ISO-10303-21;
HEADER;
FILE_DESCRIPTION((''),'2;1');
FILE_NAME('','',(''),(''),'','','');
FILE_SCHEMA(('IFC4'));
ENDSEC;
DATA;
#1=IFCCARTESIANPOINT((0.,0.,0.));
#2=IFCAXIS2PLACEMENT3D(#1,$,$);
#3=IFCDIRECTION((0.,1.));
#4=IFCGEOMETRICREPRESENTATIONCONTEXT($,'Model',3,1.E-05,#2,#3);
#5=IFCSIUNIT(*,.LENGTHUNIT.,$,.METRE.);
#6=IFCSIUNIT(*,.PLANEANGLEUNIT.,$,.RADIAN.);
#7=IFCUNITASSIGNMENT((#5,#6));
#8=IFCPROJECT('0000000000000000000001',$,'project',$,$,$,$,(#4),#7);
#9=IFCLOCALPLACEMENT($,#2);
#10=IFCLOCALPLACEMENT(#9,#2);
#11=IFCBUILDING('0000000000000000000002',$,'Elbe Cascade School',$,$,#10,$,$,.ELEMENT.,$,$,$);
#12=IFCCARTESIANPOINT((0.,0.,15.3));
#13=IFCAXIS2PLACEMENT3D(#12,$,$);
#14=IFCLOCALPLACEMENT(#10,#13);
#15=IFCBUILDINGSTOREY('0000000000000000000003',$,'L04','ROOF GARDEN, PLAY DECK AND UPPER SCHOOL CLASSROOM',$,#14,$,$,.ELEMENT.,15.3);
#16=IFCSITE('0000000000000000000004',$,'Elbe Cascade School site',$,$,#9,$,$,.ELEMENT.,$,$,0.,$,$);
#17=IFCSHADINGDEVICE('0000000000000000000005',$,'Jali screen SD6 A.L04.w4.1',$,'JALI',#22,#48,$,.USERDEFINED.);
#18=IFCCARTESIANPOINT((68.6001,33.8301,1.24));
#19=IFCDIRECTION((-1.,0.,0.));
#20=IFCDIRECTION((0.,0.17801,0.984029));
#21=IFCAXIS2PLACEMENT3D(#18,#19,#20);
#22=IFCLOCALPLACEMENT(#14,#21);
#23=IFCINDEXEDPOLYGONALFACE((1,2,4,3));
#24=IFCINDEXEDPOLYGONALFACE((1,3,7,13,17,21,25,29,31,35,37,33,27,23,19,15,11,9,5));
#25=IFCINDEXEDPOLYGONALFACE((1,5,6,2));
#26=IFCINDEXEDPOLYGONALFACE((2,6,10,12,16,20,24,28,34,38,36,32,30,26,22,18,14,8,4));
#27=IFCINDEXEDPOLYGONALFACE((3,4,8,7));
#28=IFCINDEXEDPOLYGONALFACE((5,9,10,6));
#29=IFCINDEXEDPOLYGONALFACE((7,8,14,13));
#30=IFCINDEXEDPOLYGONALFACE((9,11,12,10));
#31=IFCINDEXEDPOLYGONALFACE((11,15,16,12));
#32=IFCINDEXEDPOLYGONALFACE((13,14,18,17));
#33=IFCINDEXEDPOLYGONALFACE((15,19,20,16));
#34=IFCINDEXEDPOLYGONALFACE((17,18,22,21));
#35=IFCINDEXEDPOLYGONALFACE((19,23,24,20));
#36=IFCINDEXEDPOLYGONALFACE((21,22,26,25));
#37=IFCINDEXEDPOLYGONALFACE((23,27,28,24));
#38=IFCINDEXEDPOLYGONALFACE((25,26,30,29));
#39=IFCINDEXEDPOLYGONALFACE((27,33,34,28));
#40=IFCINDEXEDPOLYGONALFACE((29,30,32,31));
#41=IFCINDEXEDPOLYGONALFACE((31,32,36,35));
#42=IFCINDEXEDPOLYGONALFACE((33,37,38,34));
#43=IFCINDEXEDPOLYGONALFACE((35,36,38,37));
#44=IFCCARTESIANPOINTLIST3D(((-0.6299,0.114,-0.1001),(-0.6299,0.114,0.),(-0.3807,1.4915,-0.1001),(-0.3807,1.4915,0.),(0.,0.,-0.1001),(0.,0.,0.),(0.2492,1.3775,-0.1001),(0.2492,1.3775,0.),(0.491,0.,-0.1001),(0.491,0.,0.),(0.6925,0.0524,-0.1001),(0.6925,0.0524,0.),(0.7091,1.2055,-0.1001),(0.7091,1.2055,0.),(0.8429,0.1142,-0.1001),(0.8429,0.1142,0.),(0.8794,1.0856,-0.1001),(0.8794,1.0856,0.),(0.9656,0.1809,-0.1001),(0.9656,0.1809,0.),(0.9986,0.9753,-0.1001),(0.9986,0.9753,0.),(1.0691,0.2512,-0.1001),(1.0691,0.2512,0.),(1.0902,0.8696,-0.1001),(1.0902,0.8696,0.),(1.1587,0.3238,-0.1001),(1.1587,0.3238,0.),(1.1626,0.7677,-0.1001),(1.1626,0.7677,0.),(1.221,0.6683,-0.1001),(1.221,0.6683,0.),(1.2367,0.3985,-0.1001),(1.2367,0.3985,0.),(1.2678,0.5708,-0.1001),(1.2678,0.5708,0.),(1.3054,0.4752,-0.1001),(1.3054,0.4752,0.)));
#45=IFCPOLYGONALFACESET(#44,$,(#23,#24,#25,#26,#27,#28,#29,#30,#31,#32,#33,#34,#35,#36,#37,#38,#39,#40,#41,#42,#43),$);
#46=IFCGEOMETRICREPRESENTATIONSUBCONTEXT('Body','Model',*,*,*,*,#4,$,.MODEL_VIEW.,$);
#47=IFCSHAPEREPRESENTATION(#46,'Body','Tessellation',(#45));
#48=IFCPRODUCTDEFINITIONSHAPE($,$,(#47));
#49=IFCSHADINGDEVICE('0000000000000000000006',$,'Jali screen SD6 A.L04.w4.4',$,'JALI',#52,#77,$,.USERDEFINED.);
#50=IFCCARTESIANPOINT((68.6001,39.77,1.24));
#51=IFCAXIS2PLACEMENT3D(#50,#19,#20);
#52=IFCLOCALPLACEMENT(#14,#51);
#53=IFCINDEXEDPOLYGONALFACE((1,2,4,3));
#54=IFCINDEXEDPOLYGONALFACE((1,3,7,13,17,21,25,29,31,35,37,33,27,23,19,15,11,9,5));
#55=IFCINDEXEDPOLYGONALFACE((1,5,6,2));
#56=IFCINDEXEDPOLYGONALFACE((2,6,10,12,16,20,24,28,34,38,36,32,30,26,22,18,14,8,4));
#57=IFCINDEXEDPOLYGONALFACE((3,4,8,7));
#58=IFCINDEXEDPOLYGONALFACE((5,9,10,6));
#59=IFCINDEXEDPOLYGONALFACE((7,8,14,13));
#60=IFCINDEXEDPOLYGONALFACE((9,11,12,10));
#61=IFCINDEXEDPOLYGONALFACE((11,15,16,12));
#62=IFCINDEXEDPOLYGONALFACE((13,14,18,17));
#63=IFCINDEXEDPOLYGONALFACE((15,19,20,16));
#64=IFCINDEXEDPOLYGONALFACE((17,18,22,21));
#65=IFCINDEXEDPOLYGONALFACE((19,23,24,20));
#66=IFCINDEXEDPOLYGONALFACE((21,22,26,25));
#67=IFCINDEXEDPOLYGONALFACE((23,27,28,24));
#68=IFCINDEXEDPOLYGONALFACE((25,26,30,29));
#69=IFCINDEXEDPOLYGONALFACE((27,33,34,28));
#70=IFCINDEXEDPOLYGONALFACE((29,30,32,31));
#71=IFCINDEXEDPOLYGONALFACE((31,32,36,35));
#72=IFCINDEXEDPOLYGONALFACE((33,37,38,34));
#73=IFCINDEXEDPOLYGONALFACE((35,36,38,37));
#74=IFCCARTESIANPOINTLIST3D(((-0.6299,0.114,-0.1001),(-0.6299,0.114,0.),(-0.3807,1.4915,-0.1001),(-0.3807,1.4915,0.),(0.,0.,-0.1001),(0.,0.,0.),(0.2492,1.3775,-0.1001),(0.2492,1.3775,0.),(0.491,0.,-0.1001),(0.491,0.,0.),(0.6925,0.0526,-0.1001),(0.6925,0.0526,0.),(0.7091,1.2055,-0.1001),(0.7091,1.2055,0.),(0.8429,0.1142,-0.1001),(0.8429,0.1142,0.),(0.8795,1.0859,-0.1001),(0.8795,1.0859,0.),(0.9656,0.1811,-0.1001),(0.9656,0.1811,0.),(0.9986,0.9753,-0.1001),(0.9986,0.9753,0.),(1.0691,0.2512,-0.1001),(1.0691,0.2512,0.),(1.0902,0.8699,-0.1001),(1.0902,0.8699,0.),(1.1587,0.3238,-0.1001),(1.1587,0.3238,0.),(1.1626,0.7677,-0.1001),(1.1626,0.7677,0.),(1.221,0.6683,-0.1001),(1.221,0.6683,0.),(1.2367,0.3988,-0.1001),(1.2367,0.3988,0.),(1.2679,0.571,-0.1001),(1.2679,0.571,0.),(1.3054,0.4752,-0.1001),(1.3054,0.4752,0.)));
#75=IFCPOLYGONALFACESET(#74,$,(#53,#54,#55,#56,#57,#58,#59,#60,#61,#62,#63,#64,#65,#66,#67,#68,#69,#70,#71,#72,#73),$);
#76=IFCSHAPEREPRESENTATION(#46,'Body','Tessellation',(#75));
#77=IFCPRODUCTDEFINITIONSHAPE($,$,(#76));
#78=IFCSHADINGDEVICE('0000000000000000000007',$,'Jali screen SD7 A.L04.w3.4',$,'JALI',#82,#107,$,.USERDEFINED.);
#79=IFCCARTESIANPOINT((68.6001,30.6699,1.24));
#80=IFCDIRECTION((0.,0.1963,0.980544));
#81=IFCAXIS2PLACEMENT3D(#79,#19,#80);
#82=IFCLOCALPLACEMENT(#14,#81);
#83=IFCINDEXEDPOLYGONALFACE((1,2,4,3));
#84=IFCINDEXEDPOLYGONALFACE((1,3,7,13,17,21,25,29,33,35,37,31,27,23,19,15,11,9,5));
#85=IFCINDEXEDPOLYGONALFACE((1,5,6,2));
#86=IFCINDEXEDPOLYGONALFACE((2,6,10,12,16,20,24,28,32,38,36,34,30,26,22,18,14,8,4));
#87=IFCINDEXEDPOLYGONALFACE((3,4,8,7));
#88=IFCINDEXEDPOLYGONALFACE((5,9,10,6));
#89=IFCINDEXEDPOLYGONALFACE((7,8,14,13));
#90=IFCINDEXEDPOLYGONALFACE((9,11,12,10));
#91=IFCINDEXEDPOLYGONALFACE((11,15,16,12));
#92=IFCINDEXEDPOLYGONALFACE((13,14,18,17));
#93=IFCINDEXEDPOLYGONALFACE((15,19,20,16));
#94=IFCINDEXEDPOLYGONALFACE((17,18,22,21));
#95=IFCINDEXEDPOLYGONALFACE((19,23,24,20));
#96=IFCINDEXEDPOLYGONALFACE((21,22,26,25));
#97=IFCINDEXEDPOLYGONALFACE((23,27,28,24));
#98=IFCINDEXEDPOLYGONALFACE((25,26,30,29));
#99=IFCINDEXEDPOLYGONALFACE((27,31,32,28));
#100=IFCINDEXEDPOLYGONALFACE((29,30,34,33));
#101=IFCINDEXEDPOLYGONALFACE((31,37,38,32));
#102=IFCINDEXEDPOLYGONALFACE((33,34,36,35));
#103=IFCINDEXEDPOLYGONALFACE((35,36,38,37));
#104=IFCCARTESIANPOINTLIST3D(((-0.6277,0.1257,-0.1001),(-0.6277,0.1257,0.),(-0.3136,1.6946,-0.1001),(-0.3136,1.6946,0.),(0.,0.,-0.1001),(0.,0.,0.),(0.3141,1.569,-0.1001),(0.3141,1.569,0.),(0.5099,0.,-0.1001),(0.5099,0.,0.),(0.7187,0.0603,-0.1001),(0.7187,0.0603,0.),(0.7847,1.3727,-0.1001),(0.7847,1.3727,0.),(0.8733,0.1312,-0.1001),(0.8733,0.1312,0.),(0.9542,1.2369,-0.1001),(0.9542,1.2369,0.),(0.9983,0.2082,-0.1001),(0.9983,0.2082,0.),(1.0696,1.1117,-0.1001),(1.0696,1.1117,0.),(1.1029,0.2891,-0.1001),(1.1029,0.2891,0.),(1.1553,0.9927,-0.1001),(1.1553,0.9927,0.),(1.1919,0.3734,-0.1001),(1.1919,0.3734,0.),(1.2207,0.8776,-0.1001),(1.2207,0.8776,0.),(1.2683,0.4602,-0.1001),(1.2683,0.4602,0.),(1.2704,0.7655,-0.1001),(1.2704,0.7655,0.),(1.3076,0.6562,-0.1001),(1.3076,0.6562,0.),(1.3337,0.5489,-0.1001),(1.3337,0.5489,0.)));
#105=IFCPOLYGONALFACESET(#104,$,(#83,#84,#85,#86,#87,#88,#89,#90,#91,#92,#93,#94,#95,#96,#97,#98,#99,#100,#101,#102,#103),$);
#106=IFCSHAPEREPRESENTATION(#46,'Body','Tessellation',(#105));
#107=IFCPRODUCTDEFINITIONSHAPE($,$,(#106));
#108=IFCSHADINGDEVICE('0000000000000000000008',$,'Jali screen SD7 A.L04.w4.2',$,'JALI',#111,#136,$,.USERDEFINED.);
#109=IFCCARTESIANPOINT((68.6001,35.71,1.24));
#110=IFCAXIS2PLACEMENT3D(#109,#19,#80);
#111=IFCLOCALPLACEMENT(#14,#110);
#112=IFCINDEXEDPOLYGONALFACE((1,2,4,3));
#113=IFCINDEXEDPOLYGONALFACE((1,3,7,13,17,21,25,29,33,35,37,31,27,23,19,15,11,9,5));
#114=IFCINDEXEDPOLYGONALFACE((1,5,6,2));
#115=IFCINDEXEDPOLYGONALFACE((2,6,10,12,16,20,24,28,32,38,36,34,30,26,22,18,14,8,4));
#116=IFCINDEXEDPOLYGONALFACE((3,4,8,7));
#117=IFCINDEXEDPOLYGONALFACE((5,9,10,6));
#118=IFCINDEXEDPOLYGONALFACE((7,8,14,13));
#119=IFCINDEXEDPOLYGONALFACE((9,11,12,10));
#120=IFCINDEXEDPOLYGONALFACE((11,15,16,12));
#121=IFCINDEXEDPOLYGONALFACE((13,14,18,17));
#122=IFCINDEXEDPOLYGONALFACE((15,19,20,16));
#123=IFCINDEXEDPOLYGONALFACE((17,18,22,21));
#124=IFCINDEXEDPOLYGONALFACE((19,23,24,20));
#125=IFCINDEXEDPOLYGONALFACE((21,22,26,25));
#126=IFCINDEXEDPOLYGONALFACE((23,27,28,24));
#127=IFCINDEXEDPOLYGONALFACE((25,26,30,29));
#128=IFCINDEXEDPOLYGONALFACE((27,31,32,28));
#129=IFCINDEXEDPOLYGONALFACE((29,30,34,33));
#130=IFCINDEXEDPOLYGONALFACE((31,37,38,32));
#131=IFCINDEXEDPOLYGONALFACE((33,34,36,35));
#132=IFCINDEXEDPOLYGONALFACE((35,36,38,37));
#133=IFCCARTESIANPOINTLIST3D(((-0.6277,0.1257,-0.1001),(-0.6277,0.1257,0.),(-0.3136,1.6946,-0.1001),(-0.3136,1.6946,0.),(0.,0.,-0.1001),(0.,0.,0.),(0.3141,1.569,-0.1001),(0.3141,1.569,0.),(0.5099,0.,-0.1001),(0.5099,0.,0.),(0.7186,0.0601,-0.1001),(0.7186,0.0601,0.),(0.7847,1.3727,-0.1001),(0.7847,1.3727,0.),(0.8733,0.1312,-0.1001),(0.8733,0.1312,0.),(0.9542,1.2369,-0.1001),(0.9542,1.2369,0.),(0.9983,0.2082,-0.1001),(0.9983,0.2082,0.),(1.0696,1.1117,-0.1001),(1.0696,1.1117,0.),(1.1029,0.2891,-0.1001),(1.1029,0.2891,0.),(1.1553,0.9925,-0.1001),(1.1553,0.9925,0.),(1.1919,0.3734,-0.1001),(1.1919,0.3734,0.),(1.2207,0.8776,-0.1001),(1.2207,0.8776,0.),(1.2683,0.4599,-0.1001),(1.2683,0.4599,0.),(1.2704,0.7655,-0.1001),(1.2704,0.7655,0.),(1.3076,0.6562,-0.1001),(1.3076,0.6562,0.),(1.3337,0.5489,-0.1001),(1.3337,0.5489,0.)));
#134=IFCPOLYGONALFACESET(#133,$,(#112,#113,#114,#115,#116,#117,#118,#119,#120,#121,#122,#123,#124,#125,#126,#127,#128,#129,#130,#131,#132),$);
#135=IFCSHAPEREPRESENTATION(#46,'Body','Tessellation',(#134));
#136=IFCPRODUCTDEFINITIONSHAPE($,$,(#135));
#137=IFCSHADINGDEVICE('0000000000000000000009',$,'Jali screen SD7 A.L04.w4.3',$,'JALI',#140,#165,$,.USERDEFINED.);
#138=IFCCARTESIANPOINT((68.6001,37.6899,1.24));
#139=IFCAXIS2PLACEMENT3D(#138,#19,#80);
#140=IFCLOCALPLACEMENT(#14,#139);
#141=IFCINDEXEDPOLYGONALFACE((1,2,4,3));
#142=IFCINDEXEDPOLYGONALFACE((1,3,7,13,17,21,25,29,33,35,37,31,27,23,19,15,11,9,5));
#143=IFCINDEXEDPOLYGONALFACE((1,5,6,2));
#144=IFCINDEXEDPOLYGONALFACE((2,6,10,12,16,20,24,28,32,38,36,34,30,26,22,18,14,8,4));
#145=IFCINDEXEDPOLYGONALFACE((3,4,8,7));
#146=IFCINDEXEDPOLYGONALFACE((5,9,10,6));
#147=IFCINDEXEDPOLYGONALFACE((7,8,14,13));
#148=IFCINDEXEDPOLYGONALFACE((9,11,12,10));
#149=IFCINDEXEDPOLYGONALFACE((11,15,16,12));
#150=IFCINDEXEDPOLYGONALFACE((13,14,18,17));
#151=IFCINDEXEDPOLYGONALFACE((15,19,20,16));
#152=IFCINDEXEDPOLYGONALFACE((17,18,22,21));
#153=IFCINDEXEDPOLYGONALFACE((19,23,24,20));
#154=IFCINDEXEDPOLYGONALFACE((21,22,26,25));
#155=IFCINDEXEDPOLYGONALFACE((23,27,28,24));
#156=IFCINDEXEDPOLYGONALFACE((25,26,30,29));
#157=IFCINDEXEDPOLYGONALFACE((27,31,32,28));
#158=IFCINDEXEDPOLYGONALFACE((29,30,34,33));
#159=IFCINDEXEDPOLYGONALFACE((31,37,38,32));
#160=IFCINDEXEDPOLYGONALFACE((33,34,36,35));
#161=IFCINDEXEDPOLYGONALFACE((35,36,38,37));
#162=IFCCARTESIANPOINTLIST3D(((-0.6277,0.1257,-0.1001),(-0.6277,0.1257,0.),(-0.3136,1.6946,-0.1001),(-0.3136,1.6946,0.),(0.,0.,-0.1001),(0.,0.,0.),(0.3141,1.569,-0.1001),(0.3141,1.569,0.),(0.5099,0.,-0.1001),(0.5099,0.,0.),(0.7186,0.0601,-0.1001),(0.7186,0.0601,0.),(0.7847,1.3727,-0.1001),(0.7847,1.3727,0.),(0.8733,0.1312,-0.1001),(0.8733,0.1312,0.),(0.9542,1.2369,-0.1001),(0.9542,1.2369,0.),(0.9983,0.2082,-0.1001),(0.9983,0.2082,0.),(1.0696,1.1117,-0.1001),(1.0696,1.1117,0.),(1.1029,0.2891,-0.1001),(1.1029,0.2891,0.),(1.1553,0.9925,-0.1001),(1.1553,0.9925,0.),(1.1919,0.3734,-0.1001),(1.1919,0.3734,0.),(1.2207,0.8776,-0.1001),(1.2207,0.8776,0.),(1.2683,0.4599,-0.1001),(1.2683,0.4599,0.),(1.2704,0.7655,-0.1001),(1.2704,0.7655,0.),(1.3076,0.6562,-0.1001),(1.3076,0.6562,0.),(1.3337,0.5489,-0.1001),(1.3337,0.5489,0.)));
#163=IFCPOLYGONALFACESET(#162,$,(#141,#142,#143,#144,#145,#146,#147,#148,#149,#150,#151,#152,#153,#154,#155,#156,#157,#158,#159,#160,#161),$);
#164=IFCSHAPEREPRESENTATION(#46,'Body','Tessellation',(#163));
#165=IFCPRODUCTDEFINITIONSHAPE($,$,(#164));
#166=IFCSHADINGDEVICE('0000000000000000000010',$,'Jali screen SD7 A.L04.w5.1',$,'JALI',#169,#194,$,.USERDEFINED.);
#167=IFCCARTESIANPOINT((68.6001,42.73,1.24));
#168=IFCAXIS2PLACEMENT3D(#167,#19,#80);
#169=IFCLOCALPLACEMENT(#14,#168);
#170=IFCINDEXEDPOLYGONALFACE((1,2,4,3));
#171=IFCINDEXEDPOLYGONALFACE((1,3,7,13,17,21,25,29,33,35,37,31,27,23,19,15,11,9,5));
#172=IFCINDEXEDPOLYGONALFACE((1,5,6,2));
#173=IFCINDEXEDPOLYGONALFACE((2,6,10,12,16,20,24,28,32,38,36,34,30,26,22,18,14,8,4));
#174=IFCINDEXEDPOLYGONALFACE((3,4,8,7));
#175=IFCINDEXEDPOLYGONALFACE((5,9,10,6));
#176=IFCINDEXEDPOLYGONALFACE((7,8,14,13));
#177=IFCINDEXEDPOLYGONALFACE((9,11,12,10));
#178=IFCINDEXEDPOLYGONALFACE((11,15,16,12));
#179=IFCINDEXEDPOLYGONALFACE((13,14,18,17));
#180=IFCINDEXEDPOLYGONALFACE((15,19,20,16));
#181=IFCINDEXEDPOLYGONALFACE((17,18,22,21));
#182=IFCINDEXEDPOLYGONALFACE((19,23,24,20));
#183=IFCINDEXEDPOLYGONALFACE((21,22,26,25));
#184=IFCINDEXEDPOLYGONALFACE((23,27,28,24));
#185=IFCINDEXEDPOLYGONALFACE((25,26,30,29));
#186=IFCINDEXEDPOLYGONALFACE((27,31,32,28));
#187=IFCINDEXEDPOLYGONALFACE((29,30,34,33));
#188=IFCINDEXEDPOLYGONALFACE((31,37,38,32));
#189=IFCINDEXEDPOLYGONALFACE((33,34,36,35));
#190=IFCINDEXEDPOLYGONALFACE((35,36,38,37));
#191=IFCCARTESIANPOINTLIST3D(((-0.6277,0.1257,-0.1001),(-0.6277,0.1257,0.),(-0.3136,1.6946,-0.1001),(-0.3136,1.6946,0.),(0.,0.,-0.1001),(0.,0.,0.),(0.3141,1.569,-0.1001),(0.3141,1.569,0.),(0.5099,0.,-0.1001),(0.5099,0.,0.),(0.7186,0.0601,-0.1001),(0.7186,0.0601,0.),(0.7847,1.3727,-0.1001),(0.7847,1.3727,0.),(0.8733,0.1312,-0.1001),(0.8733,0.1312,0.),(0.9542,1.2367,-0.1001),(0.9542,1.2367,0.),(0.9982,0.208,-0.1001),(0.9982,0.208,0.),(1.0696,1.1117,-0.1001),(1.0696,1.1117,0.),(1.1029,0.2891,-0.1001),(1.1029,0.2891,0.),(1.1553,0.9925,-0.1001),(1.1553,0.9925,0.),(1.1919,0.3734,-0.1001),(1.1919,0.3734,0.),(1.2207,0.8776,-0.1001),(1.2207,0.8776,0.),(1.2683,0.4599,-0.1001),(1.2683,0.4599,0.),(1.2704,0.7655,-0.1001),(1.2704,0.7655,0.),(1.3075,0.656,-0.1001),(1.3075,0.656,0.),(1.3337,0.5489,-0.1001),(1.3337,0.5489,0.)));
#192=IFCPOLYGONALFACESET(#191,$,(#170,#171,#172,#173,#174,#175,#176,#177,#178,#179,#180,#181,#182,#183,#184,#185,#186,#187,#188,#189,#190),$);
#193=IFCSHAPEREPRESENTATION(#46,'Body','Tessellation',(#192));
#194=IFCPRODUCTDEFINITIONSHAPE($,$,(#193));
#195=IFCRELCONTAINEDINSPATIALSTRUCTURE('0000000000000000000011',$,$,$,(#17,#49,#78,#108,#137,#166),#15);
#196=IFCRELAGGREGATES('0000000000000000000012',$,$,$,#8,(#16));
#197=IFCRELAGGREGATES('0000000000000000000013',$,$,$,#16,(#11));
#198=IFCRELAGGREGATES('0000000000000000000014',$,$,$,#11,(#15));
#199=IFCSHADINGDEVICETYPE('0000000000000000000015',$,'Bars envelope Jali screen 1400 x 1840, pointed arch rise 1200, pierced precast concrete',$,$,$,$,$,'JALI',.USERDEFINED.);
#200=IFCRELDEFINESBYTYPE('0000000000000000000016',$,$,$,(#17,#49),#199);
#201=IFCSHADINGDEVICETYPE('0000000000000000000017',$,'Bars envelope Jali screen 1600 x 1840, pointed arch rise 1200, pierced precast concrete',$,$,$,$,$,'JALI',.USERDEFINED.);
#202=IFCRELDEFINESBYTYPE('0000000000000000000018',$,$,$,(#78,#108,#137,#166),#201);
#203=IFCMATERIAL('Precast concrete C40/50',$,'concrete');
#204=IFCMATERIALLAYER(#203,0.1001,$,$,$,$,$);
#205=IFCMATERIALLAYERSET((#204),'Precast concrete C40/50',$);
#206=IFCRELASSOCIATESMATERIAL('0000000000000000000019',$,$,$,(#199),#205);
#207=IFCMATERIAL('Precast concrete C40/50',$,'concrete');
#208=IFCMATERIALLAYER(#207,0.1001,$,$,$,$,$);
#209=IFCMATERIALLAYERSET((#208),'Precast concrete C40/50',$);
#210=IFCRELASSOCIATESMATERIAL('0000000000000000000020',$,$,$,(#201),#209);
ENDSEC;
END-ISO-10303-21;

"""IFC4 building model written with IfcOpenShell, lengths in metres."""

from ifc_helpers import new_model, si_unit, direction, frame, origin, place, context, subcontext, project, spatial, polyline, outline, extrude, material, layer, layer_set, type_object, element, save


model = new_model("IFC4")

# Units and contexts
model_context = context("Model", 3, precision=1e-05, world=origin(), true_north=direction((0.0, 1.0)))
body_context = subcontext(model_context, "Body", "Model", "MODEL_VIEW")
ifc_project = project(units=[si_unit("LENGTHUNIT", "METRE"), si_unit("PLANEANGLEUNIT", "RADIAN")], contexts=[model_context])

# Site, building, storey
site_placement = place(None, origin())
site = spatial("IfcSite", under=ifc_project, at=site_placement, Name="Elbe Cascade School site", CompositionType="ELEMENT", RefElevation=0.0)
building_placement = place(site_placement, origin())
building = spatial("IfcBuilding", under=site, at=building_placement, Name="Elbe Cascade School", CompositionType="ELEMENT")
storey_placement = place(building_placement, frame((0.0, 0.0, 15.3)))
storey = spatial("IfcBuildingStorey", under=building, at=storey_placement, Name="L04", Description="ROOF GARDEN, PLAY DECK AND UPPER SCHOOL CLASSROOM", CompositionType="ELEMENT", Elevation=15.3)

# Shading devices
ifc_material_1 = material(Name="Precast concrete C40/50", Category="concrete")
ifc_layer_1 = layer(ifc_material_1, 0.1001)
ifc_layer_set_1 = layer_set([ifc_layer_1], Name="Precast concrete C40/50")
shading_device_type_1 = type_object("IfcShadingDeviceType", Name="Bars envelope Jali screen 1400 x 1840, pointed arch rise 1200, pierced precast concrete", ElementType="JALI", PredefinedType="USERDEFINED", material=ifc_layer_set_1)
shading_device_1_placement = place(storey_placement, frame((68.6001, 33.8301, 1.24), z_axis=(-1.0, 0.0, 0.0), x_axis=(0.0, 0.17801, 0.984029)))
element("IfcShadingDevice", 1, at=shading_device_1_placement, inside=storey, type_object=shading_device_type_1, Name="Jali screen SD6 A.L04.w4.1", ObjectType="JALI", PredefinedType="USERDEFINED", context=body_context, shape_type="SweptSolid", body=[
    extrude(outline(polyline([(0.0, 0.0), (0.491, 0.0), (0.6925, 0.0524), (0.8429, 0.1142), (0.9656, 0.1809), (1.0691, 0.2512), (1.1587, 0.3238), (1.2367, 0.3985), (1.3054, 0.4752), (1.2678, 0.5708), (1.221, 0.6683), (1.1626, 0.7677), (1.0902, 0.8696), (0.9986, 0.9753), (0.8794, 1.0856), (0.7091, 1.2055), (0.2492, 1.3775), (-0.3807, 1.4915), (-0.6299, 0.114), (0.0, 0.0)])), origin(), (0.0, 0.0, -1.0), 0.1001),
])
shading_device_2_placement = place(storey_placement, frame((68.6001, 39.77, 1.24), z_axis=(-1.0, 0.0, 0.0), x_axis=(0.0, 0.17801, 0.984029)))
element("IfcShadingDevice", 2, at=shading_device_2_placement, inside=storey, type_object=shading_device_type_1, Name="Jali screen SD6 A.L04.w4.4", ObjectType="JALI", PredefinedType="USERDEFINED", context=body_context, shape_type="SweptSolid", body=[
    extrude(outline(polyline([(0.0, 0.0), (0.491, 0.0), (0.6925, 0.0526), (0.8429, 0.1142), (0.9656, 0.1811), (1.0691, 0.2512), (1.1587, 0.3238), (1.2367, 0.3988), (1.3054, 0.4752), (1.2679, 0.571), (1.221, 0.6683), (1.1626, 0.7677), (1.0902, 0.8699), (0.9986, 0.9753), (0.8795, 1.0859), (0.7091, 1.2055), (0.2492, 1.3775), (-0.3807, 1.4915), (-0.6299, 0.114), (0.0, 0.0)])), origin(), (0.0, 0.0, -1.0), 0.1001),
])
ifc_material_2 = material(Name="Precast concrete C40/50", Category="concrete")
ifc_layer_2 = layer(ifc_material_2, 0.1001)
ifc_layer_set_2 = layer_set([ifc_layer_2], Name="Precast concrete C40/50")
shading_device_type_2 = type_object("IfcShadingDeviceType", Name="Bars envelope Jali screen 1600 x 1840, pointed arch rise 1200, pierced precast concrete", ElementType="JALI", PredefinedType="USERDEFINED", material=ifc_layer_set_2)
shading_device_3_placement = place(storey_placement, frame((68.6001, 30.6699, 1.24), z_axis=(-1.0, 0.0, 0.0), x_axis=(0.0, 0.1963, 0.980544)))
element("IfcShadingDevice", 3, at=shading_device_3_placement, inside=storey, type_object=shading_device_type_2, Name="Jali screen SD7 A.L04.w3.4", ObjectType="JALI", PredefinedType="USERDEFINED", context=body_context, shape_type="SweptSolid", body=[
    extrude(outline(polyline([(0.0, 0.0), (0.5099, 0.0), (0.7187, 0.0603), (0.8733, 0.1312), (0.9983, 0.2082), (1.1029, 0.2891), (1.1919, 0.3734), (1.2683, 0.4602), (1.3337, 0.5489), (1.3076, 0.6562), (1.2704, 0.7655), (1.2207, 0.8776), (1.1553, 0.9927), (1.0696, 1.1117), (0.9542, 1.2369), (0.7847, 1.3727), (0.3141, 1.569), (-0.3136, 1.6946), (-0.6277, 0.1257), (0.0, 0.0)])), origin(), (0.0, 0.0, -1.0), 0.1001),
])
for number, where, z_axis, x_axis, name in (
    (4, (68.6001, 35.71, 1.24), (-1.0, 0.0, 0.0), (0.0, 0.1963, 0.980544), "Jali screen SD7 A.L04.w4.2"),
    (5, (68.6001, 37.6899, 1.24), (-1.0, 0.0, 0.0), (0.0, 0.1963, 0.980544), "Jali screen SD7 A.L04.w4.3"),
):
    element("IfcShadingDevice", number, at=place(storey_placement, frame(where, z_axis=z_axis, x_axis=x_axis)), inside=storey, type_object=shading_device_type_2, Name=name, ObjectType="JALI", PredefinedType="USERDEFINED", context=body_context, shape_type="SweptSolid", body=[
        extrude(outline(polyline([(0.0, 0.0), (0.5099, 0.0), (0.7186, 0.0601), (0.8733, 0.1312), (0.9983, 0.2082), (1.1029, 0.2891), (1.1919, 0.3734), (1.2683, 0.4599), (1.3337, 0.5489), (1.3076, 0.6562), (1.2704, 0.7655), (1.2207, 0.8776), (1.1553, 0.9925), (1.0696, 1.1117), (0.9542, 1.2369), (0.7847, 1.3727), (0.3141, 1.569), (-0.3136, 1.6946), (-0.6277, 0.1257), (0.0, 0.0)])), origin(), (0.0, 0.0, -1.0), 0.1001),
    ])
shading_device_4_placement = place(storey_placement, frame((68.6001, 42.73, 1.24), z_axis=(-1.0, 0.0, 0.0), x_axis=(0.0, 0.1963, 0.980544)))
element("IfcShadingDevice", 6, at=shading_device_4_placement, inside=storey, type_object=shading_device_type_2, Name="Jali screen SD7 A.L04.w5.1", ObjectType="JALI", PredefinedType="USERDEFINED", context=body_context, shape_type="SweptSolid", body=[
    extrude(outline(polyline([(0.0, 0.0), (0.5099, 0.0), (0.7186, 0.0601), (0.8733, 0.1312), (0.9982, 0.208), (1.1029, 0.2891), (1.1919, 0.3734), (1.2683, 0.4599), (1.3337, 0.5489), (1.3075, 0.656), (1.2704, 0.7655), (1.2207, 0.8776), (1.1553, 0.9925), (1.0696, 1.1117), (0.9542, 1.2367), (0.7847, 1.3727), (0.3141, 1.569), (-0.3136, 1.6946), (-0.6277, 0.1257), (0.0, 0.0)])), origin(), (0.0, 0.0, -1.0), 0.1001),
])

save(model, "model.ifc")
